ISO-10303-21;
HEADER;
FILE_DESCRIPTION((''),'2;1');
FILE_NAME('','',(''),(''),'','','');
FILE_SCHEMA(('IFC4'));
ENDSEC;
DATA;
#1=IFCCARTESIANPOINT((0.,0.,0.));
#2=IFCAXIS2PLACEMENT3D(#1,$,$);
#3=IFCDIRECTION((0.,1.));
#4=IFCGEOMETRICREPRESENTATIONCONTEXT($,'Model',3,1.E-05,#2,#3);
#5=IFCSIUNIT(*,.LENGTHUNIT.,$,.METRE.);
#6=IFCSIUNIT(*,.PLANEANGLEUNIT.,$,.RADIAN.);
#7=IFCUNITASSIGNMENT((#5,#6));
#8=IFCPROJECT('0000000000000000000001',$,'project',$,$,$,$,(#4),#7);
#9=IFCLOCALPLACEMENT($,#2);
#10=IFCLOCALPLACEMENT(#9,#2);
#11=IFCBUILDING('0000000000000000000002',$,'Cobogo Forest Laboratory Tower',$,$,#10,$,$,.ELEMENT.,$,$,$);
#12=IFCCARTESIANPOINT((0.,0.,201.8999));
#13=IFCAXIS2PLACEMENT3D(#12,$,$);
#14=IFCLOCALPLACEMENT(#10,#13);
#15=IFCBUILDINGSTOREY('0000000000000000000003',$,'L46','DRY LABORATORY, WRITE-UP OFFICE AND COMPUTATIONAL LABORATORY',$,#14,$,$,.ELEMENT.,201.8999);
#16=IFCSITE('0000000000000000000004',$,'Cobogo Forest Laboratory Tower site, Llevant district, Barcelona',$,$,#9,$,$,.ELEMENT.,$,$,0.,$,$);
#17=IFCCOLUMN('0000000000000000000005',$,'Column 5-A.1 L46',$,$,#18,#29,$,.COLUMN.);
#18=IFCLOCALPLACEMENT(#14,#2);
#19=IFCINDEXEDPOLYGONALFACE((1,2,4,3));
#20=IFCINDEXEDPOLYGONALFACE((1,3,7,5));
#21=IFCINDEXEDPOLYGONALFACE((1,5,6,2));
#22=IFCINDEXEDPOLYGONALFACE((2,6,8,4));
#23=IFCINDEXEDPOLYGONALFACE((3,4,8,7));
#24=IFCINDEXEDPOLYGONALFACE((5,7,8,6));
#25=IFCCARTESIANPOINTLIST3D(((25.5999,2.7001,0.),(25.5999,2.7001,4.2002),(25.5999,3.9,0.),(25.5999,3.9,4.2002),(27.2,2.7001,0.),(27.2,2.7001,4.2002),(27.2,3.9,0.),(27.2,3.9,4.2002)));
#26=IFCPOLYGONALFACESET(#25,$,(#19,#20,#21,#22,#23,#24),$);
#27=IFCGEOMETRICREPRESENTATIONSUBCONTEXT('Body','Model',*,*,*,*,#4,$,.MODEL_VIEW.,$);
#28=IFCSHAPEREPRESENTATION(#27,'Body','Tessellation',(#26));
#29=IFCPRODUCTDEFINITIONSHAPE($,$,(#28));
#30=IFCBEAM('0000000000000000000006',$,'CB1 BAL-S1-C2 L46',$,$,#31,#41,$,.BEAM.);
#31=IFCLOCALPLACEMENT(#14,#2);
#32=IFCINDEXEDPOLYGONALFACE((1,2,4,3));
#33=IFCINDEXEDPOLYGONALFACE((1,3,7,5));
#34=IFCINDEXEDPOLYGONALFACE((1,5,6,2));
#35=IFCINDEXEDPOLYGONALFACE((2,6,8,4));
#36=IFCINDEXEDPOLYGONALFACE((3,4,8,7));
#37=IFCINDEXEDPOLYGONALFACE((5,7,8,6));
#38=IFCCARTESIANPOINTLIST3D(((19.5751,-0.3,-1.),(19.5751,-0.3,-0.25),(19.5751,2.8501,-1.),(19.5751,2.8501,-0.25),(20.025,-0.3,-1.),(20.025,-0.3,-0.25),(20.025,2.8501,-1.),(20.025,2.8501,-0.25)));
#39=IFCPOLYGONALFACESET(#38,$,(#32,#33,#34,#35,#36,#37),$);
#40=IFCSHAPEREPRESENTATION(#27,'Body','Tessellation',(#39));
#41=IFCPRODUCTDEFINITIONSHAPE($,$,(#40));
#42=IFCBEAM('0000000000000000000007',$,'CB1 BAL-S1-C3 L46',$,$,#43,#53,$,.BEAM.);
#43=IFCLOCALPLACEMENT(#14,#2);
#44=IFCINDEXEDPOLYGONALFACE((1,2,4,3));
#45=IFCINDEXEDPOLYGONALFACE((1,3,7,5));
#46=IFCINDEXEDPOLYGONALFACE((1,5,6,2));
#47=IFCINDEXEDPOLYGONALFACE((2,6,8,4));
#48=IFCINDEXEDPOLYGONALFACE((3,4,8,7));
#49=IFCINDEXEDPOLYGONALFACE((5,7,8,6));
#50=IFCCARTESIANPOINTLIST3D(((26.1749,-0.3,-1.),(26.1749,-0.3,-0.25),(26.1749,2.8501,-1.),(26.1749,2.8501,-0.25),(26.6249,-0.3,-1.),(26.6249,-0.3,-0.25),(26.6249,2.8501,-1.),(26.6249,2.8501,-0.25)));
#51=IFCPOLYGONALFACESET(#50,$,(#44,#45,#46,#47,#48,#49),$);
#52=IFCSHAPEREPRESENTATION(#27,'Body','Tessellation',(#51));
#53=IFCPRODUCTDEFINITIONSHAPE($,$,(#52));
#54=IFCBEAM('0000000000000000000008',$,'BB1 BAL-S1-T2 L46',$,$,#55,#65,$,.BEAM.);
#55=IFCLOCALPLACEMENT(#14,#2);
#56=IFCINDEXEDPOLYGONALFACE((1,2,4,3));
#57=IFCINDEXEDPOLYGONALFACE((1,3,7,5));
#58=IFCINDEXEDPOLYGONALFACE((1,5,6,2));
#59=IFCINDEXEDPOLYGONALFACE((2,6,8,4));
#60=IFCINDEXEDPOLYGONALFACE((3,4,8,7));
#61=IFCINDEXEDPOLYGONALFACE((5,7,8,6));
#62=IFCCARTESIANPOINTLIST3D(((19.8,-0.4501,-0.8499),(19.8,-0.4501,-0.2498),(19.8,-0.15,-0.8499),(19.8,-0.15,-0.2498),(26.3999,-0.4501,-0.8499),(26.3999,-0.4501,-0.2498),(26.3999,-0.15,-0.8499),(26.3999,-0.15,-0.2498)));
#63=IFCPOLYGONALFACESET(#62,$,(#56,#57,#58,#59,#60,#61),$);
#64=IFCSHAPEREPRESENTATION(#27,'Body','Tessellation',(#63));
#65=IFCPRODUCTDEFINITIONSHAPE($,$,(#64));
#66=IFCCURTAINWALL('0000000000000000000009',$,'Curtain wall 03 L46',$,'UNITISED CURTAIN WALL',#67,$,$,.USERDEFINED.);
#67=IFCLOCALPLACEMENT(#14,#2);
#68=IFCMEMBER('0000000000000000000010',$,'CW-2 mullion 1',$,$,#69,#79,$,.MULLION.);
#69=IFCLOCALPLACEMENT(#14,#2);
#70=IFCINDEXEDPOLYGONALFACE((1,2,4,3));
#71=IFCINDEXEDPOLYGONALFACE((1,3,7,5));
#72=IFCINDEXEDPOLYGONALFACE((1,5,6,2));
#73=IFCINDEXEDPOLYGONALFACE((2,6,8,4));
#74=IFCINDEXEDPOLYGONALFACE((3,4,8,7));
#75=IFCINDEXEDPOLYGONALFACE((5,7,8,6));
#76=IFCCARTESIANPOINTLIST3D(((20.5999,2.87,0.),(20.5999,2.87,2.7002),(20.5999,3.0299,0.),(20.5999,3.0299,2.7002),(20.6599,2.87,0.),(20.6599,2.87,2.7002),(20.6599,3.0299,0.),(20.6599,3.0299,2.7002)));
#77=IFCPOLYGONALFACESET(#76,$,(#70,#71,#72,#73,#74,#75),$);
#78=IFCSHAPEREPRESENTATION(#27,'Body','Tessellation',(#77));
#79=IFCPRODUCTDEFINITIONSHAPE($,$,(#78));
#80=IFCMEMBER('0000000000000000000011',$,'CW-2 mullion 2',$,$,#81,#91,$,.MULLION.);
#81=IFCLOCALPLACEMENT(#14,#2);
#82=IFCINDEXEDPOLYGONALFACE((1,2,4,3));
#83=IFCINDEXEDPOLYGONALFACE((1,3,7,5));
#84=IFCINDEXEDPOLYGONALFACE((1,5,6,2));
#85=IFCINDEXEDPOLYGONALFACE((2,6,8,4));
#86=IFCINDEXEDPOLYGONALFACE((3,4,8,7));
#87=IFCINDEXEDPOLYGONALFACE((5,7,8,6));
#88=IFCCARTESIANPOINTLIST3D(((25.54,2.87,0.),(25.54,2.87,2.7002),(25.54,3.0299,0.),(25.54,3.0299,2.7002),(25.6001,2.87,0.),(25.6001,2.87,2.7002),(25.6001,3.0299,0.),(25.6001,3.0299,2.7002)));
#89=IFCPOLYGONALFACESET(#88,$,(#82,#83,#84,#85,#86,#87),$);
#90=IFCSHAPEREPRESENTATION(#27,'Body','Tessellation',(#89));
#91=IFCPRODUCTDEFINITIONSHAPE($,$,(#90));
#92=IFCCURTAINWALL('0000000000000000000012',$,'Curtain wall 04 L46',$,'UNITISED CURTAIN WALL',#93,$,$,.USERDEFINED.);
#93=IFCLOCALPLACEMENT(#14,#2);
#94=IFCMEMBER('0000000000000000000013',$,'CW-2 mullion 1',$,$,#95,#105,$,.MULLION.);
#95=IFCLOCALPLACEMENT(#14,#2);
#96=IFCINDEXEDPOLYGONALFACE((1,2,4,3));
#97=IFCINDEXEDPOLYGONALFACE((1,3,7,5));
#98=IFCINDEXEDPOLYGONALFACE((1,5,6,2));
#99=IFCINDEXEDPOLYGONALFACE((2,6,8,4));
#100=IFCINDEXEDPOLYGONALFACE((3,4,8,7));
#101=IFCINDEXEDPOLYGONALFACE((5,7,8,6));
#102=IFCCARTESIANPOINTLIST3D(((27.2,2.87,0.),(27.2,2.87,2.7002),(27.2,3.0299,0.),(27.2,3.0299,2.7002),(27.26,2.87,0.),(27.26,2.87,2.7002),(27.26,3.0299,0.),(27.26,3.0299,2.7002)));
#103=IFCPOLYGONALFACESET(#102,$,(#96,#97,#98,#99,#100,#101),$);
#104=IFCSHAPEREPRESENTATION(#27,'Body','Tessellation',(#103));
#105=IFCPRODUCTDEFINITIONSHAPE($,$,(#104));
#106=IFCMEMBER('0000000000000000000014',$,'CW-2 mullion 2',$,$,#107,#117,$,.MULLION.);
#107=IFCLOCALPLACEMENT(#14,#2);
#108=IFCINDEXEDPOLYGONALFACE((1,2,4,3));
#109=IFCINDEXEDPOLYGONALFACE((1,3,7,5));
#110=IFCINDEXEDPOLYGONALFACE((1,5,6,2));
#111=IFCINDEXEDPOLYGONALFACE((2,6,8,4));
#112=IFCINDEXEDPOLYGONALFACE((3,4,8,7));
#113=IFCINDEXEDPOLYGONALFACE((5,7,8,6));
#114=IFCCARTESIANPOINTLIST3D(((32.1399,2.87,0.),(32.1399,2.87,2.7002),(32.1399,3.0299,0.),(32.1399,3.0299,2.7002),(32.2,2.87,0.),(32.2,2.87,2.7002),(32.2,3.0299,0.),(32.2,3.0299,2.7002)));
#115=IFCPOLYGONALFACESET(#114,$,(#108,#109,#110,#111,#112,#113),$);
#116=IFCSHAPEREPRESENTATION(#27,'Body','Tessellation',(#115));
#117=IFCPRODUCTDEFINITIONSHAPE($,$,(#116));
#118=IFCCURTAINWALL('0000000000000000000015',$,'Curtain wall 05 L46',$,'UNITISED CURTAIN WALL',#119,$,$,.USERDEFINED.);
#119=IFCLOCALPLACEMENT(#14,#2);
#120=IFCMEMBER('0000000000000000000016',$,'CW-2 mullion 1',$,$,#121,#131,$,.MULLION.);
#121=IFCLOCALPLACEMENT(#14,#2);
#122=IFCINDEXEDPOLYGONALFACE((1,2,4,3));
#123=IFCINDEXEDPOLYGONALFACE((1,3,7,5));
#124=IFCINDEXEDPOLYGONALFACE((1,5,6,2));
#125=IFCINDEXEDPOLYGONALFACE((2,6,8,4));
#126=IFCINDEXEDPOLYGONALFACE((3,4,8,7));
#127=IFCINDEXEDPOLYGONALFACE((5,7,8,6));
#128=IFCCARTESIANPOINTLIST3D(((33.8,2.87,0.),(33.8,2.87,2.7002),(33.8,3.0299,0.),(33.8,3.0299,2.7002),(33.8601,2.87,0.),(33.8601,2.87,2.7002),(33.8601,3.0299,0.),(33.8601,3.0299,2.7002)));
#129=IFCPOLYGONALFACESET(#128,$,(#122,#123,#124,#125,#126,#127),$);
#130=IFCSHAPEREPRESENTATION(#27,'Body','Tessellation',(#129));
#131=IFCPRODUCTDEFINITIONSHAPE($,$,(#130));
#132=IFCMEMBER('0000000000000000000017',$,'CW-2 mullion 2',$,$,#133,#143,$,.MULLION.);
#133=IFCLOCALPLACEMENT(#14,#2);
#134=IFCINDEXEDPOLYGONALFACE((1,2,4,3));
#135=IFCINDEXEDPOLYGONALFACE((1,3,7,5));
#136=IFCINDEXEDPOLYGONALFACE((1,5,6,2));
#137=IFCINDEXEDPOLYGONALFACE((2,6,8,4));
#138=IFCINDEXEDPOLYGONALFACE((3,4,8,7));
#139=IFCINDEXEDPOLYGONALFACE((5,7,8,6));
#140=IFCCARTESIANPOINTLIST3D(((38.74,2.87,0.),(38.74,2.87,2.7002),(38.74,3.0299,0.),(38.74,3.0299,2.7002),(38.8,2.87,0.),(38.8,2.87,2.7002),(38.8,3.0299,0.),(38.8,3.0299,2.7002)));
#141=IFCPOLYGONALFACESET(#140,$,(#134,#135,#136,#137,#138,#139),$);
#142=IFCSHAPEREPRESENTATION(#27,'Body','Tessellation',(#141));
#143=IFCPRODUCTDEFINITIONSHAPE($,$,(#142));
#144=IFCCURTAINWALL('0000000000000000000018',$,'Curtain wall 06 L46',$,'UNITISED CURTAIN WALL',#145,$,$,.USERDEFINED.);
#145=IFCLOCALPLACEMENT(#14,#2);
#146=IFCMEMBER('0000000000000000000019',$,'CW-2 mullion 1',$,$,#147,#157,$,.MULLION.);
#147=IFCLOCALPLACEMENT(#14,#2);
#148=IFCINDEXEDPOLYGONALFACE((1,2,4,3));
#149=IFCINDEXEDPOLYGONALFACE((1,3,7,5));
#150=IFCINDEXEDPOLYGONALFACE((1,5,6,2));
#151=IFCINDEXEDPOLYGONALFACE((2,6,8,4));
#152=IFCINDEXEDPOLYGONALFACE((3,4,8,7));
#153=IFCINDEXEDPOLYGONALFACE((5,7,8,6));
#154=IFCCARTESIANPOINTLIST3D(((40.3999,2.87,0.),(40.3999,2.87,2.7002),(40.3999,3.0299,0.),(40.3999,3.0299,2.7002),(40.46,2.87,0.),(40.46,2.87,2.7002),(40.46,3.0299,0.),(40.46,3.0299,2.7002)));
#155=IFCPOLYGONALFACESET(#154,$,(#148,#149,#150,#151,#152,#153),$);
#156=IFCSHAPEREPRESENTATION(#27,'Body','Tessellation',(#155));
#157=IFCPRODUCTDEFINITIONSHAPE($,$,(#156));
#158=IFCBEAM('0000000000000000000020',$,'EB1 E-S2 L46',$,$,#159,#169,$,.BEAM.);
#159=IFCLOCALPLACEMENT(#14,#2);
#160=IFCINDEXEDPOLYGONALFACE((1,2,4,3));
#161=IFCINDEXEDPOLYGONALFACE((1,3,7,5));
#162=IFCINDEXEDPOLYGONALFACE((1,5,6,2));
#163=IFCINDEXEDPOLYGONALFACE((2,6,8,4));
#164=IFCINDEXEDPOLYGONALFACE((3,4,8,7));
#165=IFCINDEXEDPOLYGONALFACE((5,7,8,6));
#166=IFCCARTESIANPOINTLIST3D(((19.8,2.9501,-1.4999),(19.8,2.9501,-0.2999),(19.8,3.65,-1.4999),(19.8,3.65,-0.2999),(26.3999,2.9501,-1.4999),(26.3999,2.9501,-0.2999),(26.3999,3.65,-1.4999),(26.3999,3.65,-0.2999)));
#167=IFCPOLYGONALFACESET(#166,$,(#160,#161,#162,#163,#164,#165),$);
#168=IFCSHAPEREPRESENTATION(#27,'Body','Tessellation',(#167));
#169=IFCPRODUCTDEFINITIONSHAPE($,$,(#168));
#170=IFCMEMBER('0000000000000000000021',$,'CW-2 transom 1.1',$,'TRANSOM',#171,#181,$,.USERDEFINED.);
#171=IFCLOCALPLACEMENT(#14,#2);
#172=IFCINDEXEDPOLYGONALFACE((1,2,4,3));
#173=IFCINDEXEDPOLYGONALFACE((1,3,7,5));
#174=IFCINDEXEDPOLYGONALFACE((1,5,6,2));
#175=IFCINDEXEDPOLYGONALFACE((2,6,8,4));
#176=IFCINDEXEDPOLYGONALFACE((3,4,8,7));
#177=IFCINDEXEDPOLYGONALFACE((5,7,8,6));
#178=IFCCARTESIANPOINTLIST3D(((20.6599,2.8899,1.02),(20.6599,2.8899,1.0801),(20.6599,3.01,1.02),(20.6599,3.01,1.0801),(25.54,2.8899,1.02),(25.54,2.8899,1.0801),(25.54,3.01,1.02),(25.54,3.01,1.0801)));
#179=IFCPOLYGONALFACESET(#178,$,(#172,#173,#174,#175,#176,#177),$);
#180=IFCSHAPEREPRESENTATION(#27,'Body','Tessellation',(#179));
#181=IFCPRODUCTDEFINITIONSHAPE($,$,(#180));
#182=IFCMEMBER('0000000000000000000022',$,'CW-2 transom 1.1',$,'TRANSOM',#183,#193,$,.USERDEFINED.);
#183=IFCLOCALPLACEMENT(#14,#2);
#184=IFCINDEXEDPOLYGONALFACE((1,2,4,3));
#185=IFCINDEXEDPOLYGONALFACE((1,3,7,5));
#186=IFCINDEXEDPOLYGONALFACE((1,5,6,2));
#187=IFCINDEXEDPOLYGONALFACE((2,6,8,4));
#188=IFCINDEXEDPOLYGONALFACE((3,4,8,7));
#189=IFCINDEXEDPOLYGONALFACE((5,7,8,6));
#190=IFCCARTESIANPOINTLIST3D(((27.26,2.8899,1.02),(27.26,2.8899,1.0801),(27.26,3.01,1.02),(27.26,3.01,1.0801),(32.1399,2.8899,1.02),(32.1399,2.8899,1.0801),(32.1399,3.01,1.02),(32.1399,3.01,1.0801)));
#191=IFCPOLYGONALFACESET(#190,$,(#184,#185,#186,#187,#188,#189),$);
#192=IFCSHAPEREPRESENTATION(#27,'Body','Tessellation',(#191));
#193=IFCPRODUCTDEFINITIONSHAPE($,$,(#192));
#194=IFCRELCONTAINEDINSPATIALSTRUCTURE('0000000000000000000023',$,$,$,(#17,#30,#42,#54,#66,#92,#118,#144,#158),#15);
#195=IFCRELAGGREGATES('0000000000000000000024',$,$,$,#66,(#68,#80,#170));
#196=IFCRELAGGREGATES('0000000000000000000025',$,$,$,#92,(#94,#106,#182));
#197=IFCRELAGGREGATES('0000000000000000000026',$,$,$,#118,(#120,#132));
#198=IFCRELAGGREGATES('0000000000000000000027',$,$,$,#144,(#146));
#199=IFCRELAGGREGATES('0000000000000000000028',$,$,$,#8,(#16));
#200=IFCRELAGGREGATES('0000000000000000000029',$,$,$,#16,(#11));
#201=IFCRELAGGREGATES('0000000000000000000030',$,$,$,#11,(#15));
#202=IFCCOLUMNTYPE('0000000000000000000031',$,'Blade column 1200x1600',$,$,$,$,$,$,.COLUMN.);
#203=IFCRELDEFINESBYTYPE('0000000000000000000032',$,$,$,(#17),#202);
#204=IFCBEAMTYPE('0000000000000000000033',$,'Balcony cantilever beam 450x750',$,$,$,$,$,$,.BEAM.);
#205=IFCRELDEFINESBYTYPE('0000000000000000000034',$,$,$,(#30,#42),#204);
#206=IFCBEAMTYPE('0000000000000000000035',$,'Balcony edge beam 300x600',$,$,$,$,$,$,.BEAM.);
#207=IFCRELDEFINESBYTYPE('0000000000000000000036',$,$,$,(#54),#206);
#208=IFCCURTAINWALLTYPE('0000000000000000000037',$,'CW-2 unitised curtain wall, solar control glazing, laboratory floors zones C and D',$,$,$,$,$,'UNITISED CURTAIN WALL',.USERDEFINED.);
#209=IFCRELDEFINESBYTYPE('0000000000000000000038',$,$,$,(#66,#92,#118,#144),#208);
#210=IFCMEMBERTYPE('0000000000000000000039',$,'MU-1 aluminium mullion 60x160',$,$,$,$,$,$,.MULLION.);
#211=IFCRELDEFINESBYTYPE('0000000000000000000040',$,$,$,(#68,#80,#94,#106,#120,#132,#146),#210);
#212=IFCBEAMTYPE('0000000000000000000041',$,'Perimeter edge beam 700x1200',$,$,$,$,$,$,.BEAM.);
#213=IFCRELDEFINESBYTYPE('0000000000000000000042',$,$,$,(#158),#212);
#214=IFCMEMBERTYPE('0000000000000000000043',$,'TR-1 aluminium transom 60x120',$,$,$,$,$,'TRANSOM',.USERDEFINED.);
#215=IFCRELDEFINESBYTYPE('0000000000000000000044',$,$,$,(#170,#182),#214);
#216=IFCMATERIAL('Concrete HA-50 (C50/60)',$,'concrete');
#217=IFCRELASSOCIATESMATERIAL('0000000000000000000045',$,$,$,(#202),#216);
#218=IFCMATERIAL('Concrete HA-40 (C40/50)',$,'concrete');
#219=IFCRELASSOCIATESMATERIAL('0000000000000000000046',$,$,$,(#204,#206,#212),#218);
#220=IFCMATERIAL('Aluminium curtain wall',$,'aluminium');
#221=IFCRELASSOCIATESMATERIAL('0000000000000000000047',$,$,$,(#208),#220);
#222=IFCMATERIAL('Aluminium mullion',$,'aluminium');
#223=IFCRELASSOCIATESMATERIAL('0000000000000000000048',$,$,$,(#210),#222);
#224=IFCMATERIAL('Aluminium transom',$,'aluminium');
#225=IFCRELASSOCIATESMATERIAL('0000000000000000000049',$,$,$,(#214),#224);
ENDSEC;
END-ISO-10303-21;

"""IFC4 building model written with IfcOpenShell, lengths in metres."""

from ifc_helpers import new_model, si_unit, direction, frame, origin, origin_2d, place, context, subcontext, project, spatial, rectangle, extrude, material, material_profile, profile_set, type_object, element, aggregate, save


model = new_model("IFC4")

# Units and contexts
model_context = context("Model", 3, precision=1e-05, world=origin(), true_north=direction((0.0, 1.0)))
body_context = subcontext(model_context, "Body", "Model", "MODEL_VIEW")
ifc_project = project(units=[si_unit("LENGTHUNIT", "METRE"), si_unit("PLANEANGLEUNIT", "RADIAN")], contexts=[model_context])

# Site, building, storey
site_placement = place(None, origin())
site = spatial("IfcSite", under=ifc_project, at=site_placement, Name="Cobogo Forest Laboratory Tower site, Llevant district, Barcelona", CompositionType="ELEMENT", RefElevation=0.0)
building_placement = place(site_placement, origin())
building = spatial("IfcBuilding", under=site, at=building_placement, Name="Cobogo Forest Laboratory Tower", CompositionType="ELEMENT")
storey_placement = place(building_placement, frame((0.0, 0.0, 201.8999)))
storey = spatial("IfcBuildingStorey", under=building, at=storey_placement, Name="L46", Description="DRY LABORATORY, WRITE-UP OFFICE AND COMPUTATIONAL LABORATORY", CompositionType="ELEMENT", Elevation=201.8999)

# Column
ifc_material_1 = material(Name="Concrete HA-50 (C50/60)", Category="concrete")
ifc_material_profile_1 = material_profile(ifc_material_1, rectangle(XDim=1.6001, YDim=1.2, at=origin_2d()), Name="RC 1200x1600")
ifc_profile_set_1 = profile_set([ifc_material_profile_1], Name="Concrete HA-50 (C50/60)")
column_type = type_object("IfcColumnType", Name="Blade column 1200x1600", PredefinedType="COLUMN", material=ifc_profile_set_1)
column_placement = place(storey_placement, frame((26.3999, 3.3, 0.0), z_axis=(0.0, 0.0, 1.0), x_axis=(1.0, 0.0, 0.0)))
element("IfcColumn", 1, at=column_placement, inside=storey, type_object=column_type, Name="Column 5-A.1 L46", PredefinedType="COLUMN", context=body_context, shape_type="SweptSolid", body=[
    extrude(rectangle(XDim=1.6001, YDim=1.2, at=origin_2d()), origin(), (0.0, 0.0, 1.0), 4.2002),
])

# Beams
ifc_material_2 = material(Name="Concrete HA-40 (C40/50)", Category="concrete")
ifc_material_profile_2 = material_profile(ifc_material_2, rectangle(XDim=0.45, YDim=0.75, at=origin_2d()), Name="RC 450x750")
ifc_profile_set_2 = profile_set([ifc_material_profile_2], Name="Concrete HA-40 (C40/50)")
beam_type_1 = type_object("IfcBeamType", Name="Balcony cantilever beam 450x750", PredefinedType="BEAM", material=ifc_profile_set_2)
for number, where, z_axis, x_axis, name in (
    (2, (19.8, 2.8501, -0.625), (0.0, -1.0, 0.0), (1.0, 0.0, 0.0), "CB1 BAL-S1-C2 L46"),
    (3, (26.3999, 2.8501, -0.625), (0.0, -1.0, 0.0), (1.0, 0.0, 0.0), "CB1 BAL-S1-C3 L46"),
):
    element("IfcBeam", number, at=place(storey_placement, frame(where, z_axis=z_axis, x_axis=x_axis)), inside=storey, type_object=beam_type_1, Name=name, PredefinedType="BEAM", context=body_context, shape_type="SweptSolid", body=[
        extrude(rectangle(XDim=0.45, YDim=0.75, at=origin_2d()), origin(), (0.0, 0.0, 1.0), 3.1501),
    ])
ifc_material_profile_3 = material_profile(ifc_material_2, rectangle(XDim=0.3, YDim=0.6001, at=origin_2d()), Name="RC 300x600")
ifc_profile_set_3 = profile_set([ifc_material_profile_3], Name="Concrete HA-40 (C40/50)")
beam_type_2 = type_object("IfcBeamType", Name="Balcony edge beam 300x600", PredefinedType="BEAM", material=ifc_profile_set_3)
beam_1_placement = place(storey_placement, frame((19.8, -0.3, -0.5498), z_axis=(1.0, 0.0, 0.0), x_axis=(0.0, 1.0, 0.0)))
element("IfcBeam", 4, at=beam_1_placement, inside=storey, type_object=beam_type_2, Name="BB1 BAL-S1-T2 L46", PredefinedType="BEAM", context=body_context, shape_type="SweptSolid", body=[
    extrude(rectangle(XDim=0.3, YDim=0.6001, at=origin_2d()), origin(), (0.0, 0.0, 1.0), 6.5999),
])

# Curtain walls, members
ifc_material_3 = material(Name="Aluminium curtain wall", Category="aluminium")
curtain_wall_type = type_object("IfcCurtainWallType", Name="CW-2 unitised curtain wall, solar control glazing, laboratory floors zones C and D", ElementType="UNITISED CURTAIN WALL", PredefinedType="USERDEFINED", material=ifc_material_3)
curtain_wall_1_placement = place(storey_placement, origin())
curtain_wall_1 = element("IfcCurtainWall", 5, at=curtain_wall_1_placement, inside=storey, type_object=curtain_wall_type, Name="Curtain wall 03 L46", ObjectType="UNITISED CURTAIN WALL", PredefinedType="USERDEFINED")
ifc_material_4 = material(Name="Aluminium mullion", Category="aluminium")
ifc_material_profile_4 = material_profile(ifc_material_4, rectangle(XDim=0.0601, YDim=0.1599, at=origin_2d()), Name="AL 60x160")
ifc_profile_set_4 = profile_set([ifc_material_profile_4], Name="Aluminium mullion")
member_type_1 = type_object("IfcMemberType", Name="MU-1 aluminium mullion 60x160", PredefinedType="MULLION", material=ifc_profile_set_4)
member_1_placement = place(storey_placement, frame((20.6299, 2.95, 0.0), z_axis=(0.0, 0.0, 1.0), x_axis=(1.0, 0.0, 0.0)))
member_1 = element("IfcMember", 6, at=member_1_placement, type_object=member_type_1, Name="CW-2 mullion 1", PredefinedType="MULLION", context=body_context, shape_type="SweptSolid", body=[
    extrude(rectangle(XDim=0.0601, YDim=0.1599, at=origin_2d()), origin(), (0.0, 0.0, 1.0), 2.7002),
])
member_2_placement = place(storey_placement, frame((25.5701, 2.95, 0.0), z_axis=(0.0, 0.0, 1.0), x_axis=(1.0, 0.0, 0.0)))
member_2 = element("IfcMember", 7, at=member_2_placement, type_object=member_type_1, Name="CW-2 mullion 2", PredefinedType="MULLION", context=body_context, shape_type="SweptSolid", body=[
    extrude(rectangle(XDim=0.0601, YDim=0.1599, at=origin_2d()), origin(), (0.0, 0.0, 1.0), 2.7002),
])
curtain_wall_2_placement = place(storey_placement, origin())
curtain_wall_2 = element("IfcCurtainWall", 8, at=curtain_wall_2_placement, inside=storey, type_object=curtain_wall_type, Name="Curtain wall 04 L46", ObjectType="UNITISED CURTAIN WALL", PredefinedType="USERDEFINED")
member_3_placement = place(storey_placement, frame((27.23, 2.95, 0.0), z_axis=(0.0, 0.0, 1.0), x_axis=(1.0, 0.0, 0.0)))
member_3 = element("IfcMember", 9, at=member_3_placement, type_object=member_type_1, Name="CW-2 mullion 1", PredefinedType="MULLION", context=body_context, shape_type="SweptSolid", body=[
    extrude(rectangle(XDim=0.0601, YDim=0.1599, at=origin_2d()), origin(), (0.0, 0.0, 1.0), 2.7002),
])
member_4_placement = place(storey_placement, frame((32.1699, 2.95, 0.0), z_axis=(0.0, 0.0, 1.0), x_axis=(1.0, 0.0, 0.0)))
member_4 = element("IfcMember", 10, at=member_4_placement, type_object=member_type_1, Name="CW-2 mullion 2", PredefinedType="MULLION", context=body_context, shape_type="SweptSolid", body=[
    extrude(rectangle(XDim=0.0601, YDim=0.1599, at=origin_2d()), origin(), (0.0, 0.0, 1.0), 2.7002),
])
curtain_wall_3_placement = place(storey_placement, origin())
curtain_wall_3 = element("IfcCurtainWall", 11, at=curtain_wall_3_placement, inside=storey, type_object=curtain_wall_type, Name="Curtain wall 05 L46", ObjectType="UNITISED CURTAIN WALL", PredefinedType="USERDEFINED")
member_5_placement = place(storey_placement, frame((33.8301, 2.95, 0.0), z_axis=(0.0, 0.0, 1.0), x_axis=(1.0, 0.0, 0.0)))
member_5 = element("IfcMember", 12, at=member_5_placement, type_object=member_type_1, Name="CW-2 mullion 1", PredefinedType="MULLION", context=body_context, shape_type="SweptSolid", body=[
    extrude(rectangle(XDim=0.0601, YDim=0.1599, at=origin_2d()), origin(), (0.0, 0.0, 1.0), 2.7002),
])
member_6_placement = place(storey_placement, frame((38.77, 2.95, 0.0), z_axis=(0.0, 0.0, 1.0), x_axis=(1.0, 0.0, 0.0)))
member_6 = element("IfcMember", 13, at=member_6_placement, type_object=member_type_1, Name="CW-2 mullion 2", PredefinedType="MULLION", context=body_context, shape_type="SweptSolid", body=[
    extrude(rectangle(XDim=0.0601, YDim=0.1599, at=origin_2d()), origin(), (0.0, 0.0, 1.0), 2.7002),
])

# Curtain wall, member
curtain_wall_4_placement = place(storey_placement, origin())
curtain_wall_4 = element("IfcCurtainWall", 14, at=curtain_wall_4_placement, inside=storey, type_object=curtain_wall_type, Name="Curtain wall 06 L46", ObjectType="UNITISED CURTAIN WALL", PredefinedType="USERDEFINED")
member_7_placement = place(storey_placement, frame((40.4299, 2.95, 0.0), z_axis=(0.0, 0.0, 1.0), x_axis=(1.0, 0.0, 0.0)))
member_7 = element("IfcMember", 15, at=member_7_placement, type_object=member_type_1, Name="CW-2 mullion 1", PredefinedType="MULLION", context=body_context, shape_type="SweptSolid", body=[
    extrude(rectangle(XDim=0.0601, YDim=0.1599, at=origin_2d()), origin(), (0.0, 0.0, 1.0), 2.7002),
])

# Beam
ifc_material_profile_5 = material_profile(ifc_material_2, rectangle(XDim=0.7, YDim=1.2, at=origin_2d()), Name="RC 700x1200")
ifc_profile_set_5 = profile_set([ifc_material_profile_5], Name="Concrete HA-40 (C40/50)")
beam_type_3 = type_object("IfcBeamType", Name="Perimeter edge beam 700x1200", PredefinedType="BEAM", material=ifc_profile_set_5)
beam_2_placement = place(storey_placement, frame((19.8, 3.3, -0.8999), z_axis=(1.0, 0.0, 0.0), x_axis=(0.0, 1.0, 0.0)))
element("IfcBeam", 16, at=beam_2_placement, inside=storey, type_object=beam_type_3, Name="EB1 E-S2 L46", PredefinedType="BEAM", context=body_context, shape_type="SweptSolid", body=[
    extrude(rectangle(XDim=0.7, YDim=1.2, at=origin_2d()), origin(), (0.0, 0.0, 1.0), 6.5999),
])

# Members
ifc_material_5 = material(Name="Aluminium transom", Category="aluminium")
ifc_material_profile_6 = material_profile(ifc_material_5, rectangle(XDim=0.1201, YDim=0.0601, at=origin_2d()), Name="AL 60x120")
ifc_profile_set_6 = profile_set([ifc_material_profile_6], Name="Aluminium transom")
member_type_2 = type_object("IfcMemberType", Name="TR-1 aluminium transom 60x120", ElementType="TRANSOM", PredefinedType="USERDEFINED", material=ifc_profile_set_6)
member_8_placement = place(storey_placement, frame((20.6599, 2.95, 1.05), z_axis=(1.0, 0.0, 0.0), x_axis=(0.0, 1.0, 0.0)))
member_8 = element("IfcMember", 17, at=member_8_placement, type_object=member_type_2, Name="CW-2 transom 1.1", ObjectType="TRANSOM", PredefinedType="USERDEFINED", context=body_context, shape_type="SweptSolid", body=[
    extrude(rectangle(XDim=0.1201, YDim=0.0601, at=origin_2d()), origin(), (0.0, 0.0, 1.0), 4.8801),
])
member_9_placement = place(storey_placement, frame((27.26, 2.95, 1.05), z_axis=(1.0, 0.0, 0.0), x_axis=(0.0, 1.0, 0.0)))
member_9 = element("IfcMember", 18, at=member_9_placement, type_object=member_type_2, Name="CW-2 transom 1.1", ObjectType="TRANSOM", PredefinedType="USERDEFINED", context=body_context, shape_type="SweptSolid", body=[
    extrude(rectangle(XDim=0.1201, YDim=0.0601, at=origin_2d()), origin(), (0.0, 0.0, 1.0), 4.8799),
])

aggregate(curtain_wall_1, [member_1, member_2, member_8])
aggregate(curtain_wall_2, [member_3, member_4, member_9])
aggregate(curtain_wall_3, [member_5, member_6])
aggregate(curtain_wall_4, [member_7])

save(model, "model.ifc")
